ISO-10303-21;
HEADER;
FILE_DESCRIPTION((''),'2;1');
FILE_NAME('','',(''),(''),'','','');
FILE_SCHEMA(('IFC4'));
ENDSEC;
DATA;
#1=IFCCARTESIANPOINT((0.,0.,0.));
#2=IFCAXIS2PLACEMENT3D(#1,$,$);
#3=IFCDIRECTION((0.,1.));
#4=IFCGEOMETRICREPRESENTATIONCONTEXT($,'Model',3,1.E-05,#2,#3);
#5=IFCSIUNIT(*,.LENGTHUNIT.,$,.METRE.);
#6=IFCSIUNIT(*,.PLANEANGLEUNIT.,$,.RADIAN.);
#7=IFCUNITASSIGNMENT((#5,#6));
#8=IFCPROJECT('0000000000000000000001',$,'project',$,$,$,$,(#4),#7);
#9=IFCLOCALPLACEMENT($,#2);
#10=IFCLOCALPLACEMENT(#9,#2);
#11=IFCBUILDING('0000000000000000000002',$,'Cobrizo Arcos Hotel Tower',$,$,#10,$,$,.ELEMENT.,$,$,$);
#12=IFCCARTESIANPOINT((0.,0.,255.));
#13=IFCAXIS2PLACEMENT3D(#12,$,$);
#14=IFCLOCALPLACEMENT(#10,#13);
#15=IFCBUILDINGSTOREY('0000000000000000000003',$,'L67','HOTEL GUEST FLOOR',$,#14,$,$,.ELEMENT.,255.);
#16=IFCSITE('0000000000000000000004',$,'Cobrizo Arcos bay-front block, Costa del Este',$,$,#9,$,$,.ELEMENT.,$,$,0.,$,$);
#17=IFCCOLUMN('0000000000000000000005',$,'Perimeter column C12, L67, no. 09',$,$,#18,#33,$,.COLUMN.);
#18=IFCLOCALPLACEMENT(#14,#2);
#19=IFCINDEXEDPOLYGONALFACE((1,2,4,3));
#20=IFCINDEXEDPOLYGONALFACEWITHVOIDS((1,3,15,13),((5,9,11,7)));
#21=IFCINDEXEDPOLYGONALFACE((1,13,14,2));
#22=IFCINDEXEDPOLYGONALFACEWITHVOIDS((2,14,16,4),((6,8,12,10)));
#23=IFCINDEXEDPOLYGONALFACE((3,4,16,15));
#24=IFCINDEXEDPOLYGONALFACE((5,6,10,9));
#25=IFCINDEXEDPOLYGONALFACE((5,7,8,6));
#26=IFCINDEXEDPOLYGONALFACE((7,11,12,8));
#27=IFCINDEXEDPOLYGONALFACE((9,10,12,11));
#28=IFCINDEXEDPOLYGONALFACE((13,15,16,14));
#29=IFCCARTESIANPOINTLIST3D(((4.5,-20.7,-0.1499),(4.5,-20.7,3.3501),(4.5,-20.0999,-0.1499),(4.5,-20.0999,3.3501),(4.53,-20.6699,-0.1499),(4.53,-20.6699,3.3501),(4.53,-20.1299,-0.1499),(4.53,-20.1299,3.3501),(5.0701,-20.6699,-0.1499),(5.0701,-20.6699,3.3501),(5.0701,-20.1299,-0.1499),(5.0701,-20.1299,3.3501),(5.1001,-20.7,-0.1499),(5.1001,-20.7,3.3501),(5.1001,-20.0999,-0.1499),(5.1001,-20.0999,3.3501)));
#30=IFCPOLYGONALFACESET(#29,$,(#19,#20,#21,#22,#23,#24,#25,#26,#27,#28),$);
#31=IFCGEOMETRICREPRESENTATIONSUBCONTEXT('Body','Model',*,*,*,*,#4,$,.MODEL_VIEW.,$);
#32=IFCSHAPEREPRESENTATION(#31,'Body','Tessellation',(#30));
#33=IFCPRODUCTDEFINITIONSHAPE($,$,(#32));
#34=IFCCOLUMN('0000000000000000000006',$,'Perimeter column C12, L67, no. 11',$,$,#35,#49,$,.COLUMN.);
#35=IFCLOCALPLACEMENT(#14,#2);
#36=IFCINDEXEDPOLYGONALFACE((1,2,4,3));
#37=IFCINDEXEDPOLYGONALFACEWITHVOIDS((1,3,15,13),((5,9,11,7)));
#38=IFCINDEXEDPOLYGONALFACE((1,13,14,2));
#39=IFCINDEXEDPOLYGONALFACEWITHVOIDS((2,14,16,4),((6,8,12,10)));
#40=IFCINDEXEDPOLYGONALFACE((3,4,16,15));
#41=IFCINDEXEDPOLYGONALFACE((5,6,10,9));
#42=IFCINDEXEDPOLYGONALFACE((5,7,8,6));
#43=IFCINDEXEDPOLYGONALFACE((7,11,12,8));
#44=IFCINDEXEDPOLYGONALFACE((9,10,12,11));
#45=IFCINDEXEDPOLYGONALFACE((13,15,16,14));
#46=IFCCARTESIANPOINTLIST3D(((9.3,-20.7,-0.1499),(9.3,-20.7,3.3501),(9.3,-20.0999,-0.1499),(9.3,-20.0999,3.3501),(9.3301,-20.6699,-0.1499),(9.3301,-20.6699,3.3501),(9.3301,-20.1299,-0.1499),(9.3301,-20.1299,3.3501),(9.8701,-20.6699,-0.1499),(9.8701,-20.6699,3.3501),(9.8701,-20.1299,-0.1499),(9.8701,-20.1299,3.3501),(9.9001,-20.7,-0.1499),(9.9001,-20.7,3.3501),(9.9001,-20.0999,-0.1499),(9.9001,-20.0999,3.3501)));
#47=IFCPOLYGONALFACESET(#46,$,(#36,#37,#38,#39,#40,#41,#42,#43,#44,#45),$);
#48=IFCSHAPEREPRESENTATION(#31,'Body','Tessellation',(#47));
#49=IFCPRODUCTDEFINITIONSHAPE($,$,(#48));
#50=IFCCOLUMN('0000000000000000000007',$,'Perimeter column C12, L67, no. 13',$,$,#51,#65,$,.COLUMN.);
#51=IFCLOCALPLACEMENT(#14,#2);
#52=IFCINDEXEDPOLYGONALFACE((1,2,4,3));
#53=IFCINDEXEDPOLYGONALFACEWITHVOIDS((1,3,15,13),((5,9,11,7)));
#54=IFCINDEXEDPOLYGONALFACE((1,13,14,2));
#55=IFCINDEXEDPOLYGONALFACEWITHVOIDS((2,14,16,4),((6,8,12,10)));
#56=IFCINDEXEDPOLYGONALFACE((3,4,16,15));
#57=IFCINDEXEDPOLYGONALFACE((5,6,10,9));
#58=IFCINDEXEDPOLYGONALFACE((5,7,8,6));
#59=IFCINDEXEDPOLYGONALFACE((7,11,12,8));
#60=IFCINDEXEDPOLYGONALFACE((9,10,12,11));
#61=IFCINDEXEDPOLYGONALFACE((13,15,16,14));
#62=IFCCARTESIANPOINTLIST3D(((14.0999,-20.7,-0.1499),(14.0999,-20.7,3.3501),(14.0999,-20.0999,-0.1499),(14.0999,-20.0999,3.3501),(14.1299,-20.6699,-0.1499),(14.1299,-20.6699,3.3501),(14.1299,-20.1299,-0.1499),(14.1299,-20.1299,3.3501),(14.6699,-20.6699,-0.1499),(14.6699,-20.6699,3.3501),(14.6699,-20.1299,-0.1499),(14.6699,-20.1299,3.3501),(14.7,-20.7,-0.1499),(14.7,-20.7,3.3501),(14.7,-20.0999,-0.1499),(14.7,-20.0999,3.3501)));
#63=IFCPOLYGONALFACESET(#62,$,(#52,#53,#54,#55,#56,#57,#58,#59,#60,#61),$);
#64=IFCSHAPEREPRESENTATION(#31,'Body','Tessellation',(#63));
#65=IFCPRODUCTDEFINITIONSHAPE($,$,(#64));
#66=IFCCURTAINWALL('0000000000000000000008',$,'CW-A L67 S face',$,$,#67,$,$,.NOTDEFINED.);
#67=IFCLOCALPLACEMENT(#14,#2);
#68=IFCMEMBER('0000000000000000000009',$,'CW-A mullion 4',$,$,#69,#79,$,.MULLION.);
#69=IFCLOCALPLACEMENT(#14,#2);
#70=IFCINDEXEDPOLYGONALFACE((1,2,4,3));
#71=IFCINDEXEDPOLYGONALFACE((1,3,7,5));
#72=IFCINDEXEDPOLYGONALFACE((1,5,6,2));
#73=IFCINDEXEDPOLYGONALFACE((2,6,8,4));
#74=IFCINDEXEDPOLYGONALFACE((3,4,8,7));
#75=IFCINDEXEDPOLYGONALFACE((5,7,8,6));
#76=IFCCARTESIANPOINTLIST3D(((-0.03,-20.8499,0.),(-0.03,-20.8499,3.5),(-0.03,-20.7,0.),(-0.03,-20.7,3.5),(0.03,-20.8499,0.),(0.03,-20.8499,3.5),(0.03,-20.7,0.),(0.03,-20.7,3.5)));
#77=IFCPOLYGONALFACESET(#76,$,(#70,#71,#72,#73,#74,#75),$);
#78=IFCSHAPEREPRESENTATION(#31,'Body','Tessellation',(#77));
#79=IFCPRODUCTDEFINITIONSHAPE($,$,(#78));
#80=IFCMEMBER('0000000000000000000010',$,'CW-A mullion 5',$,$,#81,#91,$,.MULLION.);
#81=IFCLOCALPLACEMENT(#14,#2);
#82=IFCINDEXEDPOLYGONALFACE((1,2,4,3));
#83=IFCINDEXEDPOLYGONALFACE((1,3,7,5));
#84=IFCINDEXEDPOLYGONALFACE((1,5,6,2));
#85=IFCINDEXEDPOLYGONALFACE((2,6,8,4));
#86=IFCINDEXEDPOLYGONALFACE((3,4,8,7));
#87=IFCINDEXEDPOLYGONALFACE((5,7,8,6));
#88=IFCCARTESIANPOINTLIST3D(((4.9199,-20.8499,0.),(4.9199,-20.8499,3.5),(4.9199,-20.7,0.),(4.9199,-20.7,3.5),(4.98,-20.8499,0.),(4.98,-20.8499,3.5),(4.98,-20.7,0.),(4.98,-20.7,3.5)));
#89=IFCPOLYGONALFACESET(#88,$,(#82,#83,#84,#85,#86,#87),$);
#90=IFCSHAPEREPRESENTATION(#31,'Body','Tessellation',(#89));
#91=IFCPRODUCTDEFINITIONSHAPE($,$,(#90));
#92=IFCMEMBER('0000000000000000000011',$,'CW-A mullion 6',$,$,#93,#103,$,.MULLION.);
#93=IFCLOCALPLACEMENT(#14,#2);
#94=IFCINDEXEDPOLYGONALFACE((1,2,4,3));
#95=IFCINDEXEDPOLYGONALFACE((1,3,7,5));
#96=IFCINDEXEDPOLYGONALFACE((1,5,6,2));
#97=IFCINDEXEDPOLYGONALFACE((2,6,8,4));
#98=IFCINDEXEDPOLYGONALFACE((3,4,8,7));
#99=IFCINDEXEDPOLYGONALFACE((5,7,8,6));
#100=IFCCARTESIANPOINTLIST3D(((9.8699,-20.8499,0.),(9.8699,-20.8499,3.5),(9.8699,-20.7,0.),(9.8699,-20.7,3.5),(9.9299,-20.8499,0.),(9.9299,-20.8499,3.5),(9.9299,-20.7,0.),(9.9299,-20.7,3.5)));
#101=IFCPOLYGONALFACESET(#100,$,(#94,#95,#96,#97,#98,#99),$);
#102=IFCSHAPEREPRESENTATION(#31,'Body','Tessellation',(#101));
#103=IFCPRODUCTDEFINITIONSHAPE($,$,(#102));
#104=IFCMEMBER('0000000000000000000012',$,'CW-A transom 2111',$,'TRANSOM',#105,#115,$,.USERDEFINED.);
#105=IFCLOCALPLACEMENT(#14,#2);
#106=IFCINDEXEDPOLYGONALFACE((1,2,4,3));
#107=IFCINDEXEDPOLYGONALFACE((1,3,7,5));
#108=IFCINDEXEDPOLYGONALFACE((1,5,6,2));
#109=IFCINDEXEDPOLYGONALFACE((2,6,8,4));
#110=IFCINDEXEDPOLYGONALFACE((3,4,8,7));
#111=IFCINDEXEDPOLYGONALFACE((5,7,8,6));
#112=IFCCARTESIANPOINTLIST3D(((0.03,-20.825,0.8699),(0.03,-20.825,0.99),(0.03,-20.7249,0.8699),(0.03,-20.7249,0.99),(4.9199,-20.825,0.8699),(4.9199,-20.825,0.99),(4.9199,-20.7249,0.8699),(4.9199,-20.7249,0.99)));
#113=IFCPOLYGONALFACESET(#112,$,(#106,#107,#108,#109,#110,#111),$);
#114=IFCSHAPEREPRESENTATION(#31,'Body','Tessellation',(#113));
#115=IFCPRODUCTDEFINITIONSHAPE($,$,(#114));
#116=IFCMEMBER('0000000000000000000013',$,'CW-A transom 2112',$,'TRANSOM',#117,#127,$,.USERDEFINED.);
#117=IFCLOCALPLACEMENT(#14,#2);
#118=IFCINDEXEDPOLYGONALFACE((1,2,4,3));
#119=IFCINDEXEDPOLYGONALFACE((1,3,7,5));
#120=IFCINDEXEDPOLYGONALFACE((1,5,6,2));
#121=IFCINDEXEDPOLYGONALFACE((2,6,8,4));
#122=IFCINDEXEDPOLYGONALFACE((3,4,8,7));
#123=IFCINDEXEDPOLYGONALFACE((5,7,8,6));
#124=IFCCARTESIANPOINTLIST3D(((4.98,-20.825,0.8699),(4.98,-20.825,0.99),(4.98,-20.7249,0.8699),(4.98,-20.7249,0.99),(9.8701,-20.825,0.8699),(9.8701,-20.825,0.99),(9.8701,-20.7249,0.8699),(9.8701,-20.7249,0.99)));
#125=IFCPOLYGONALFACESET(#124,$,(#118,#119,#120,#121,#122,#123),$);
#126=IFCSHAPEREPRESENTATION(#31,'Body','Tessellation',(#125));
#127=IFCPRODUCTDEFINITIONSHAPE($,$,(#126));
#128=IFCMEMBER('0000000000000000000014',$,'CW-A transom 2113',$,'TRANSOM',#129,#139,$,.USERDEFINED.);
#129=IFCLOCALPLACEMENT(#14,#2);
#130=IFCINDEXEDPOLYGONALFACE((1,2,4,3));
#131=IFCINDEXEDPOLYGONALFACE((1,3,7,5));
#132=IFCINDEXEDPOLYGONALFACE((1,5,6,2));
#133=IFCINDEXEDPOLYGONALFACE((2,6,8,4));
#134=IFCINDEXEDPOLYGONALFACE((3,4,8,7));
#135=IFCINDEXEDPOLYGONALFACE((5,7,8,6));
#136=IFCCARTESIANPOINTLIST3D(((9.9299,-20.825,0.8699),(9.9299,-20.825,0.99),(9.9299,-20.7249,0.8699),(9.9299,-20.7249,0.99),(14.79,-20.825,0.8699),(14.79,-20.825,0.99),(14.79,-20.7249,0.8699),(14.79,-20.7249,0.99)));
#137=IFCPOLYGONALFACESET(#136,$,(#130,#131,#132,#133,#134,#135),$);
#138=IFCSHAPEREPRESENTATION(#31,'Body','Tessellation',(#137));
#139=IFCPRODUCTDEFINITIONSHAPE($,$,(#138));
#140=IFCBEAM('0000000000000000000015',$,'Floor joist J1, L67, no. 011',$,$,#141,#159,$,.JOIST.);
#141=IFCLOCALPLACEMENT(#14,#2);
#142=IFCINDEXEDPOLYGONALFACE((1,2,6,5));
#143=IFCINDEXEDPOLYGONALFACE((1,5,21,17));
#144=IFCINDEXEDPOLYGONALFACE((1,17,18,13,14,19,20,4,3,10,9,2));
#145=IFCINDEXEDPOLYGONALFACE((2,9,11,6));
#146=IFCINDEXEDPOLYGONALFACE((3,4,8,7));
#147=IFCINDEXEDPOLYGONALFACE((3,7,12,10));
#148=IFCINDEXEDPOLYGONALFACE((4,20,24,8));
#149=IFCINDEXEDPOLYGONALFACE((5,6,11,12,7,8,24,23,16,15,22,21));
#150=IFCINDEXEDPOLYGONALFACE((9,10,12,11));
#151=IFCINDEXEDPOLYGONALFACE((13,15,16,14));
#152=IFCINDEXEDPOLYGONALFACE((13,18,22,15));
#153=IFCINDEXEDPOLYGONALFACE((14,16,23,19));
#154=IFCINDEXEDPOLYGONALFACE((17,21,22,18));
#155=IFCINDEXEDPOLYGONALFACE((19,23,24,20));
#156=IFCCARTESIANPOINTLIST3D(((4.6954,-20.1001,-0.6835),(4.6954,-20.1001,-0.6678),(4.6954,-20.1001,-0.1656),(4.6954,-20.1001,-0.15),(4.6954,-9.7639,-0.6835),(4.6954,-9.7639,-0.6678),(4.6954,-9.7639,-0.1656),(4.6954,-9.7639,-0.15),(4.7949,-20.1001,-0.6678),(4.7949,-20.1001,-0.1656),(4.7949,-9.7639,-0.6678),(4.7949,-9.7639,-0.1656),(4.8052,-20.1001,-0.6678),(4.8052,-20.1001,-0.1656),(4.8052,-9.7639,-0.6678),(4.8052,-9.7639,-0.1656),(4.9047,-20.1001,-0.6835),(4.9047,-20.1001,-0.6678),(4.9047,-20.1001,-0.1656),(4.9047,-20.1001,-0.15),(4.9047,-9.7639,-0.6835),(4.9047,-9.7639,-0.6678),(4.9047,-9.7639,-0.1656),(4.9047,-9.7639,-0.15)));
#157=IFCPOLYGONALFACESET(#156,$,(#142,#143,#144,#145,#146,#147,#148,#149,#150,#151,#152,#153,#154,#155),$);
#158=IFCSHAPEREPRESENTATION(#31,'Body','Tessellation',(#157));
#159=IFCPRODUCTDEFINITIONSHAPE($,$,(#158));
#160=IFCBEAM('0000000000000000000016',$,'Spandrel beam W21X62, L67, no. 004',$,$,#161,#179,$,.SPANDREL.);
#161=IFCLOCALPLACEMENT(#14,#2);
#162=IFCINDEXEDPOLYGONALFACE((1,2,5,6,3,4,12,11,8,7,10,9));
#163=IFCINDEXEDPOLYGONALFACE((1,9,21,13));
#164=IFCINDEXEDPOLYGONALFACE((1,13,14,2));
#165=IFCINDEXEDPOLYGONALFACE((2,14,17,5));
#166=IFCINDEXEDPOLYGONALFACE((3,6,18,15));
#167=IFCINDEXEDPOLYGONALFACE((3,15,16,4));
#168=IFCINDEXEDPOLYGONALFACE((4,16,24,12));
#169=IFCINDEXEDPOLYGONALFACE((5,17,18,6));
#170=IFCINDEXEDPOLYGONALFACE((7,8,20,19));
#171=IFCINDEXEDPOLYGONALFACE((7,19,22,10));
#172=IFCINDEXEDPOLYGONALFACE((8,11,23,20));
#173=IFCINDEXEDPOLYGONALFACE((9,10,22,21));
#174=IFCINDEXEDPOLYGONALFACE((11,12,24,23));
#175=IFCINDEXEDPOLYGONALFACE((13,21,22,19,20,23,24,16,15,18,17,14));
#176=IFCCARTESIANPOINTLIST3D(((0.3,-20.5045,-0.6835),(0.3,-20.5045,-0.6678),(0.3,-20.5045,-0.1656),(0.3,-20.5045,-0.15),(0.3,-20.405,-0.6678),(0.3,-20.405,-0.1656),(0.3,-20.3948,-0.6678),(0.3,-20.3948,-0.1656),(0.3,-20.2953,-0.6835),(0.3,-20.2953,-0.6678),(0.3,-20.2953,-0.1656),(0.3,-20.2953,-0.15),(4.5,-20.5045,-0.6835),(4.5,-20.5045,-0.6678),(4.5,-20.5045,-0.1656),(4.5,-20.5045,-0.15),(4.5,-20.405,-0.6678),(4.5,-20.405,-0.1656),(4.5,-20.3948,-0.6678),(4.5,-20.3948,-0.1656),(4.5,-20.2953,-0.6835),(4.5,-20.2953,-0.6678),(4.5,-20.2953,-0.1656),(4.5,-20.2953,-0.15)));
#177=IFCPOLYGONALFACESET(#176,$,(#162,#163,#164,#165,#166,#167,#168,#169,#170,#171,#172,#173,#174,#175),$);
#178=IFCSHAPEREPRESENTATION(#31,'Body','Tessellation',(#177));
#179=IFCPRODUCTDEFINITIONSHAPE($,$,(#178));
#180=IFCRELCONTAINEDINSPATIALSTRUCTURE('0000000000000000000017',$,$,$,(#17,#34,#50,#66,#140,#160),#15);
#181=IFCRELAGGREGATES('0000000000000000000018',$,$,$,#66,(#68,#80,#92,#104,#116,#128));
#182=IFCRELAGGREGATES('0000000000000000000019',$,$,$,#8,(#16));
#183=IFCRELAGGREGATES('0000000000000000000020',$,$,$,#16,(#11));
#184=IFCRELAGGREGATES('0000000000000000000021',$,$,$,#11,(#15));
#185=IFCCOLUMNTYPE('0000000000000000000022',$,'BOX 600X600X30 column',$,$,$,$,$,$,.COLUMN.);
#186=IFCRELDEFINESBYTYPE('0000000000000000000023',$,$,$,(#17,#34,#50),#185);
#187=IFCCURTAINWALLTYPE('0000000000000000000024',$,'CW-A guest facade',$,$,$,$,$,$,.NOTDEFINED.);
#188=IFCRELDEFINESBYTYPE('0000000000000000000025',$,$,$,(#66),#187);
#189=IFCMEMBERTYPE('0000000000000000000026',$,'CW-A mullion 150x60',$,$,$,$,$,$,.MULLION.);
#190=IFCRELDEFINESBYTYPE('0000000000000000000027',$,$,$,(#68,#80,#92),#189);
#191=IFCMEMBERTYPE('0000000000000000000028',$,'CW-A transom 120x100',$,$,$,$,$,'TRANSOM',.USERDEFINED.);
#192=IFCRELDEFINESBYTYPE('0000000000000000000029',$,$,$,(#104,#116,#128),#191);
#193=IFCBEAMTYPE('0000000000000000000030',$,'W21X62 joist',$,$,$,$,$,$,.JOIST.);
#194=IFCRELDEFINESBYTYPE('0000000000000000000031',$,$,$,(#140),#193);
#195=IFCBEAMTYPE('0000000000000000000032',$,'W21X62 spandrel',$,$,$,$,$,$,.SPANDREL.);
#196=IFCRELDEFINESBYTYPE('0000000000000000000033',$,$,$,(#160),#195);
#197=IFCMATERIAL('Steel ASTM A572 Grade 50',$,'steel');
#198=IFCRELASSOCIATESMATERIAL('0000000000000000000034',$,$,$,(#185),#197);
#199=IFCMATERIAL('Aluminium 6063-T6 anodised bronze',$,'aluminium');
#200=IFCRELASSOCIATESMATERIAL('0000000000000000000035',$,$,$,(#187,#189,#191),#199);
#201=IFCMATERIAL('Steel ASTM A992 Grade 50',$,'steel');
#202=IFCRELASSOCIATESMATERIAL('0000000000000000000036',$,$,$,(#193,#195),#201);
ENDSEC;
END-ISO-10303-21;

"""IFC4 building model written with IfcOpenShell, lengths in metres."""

from ifc_helpers import new_model, si_unit, direction, frame, origin, origin_2d, place, context, subcontext, project, spatial, rectangle, hollow_rectangle, i_section, extrude, material, material_profile, profile_set, type_object, element, aggregate, save


model = new_model("IFC4")

# Units and contexts
model_context = context("Model", 3, precision=1e-05, world=origin(), true_north=direction((0.0, 1.0)))
body_context = subcontext(model_context, "Body", "Model", "MODEL_VIEW")
ifc_project = project(units=[si_unit("LENGTHUNIT", "METRE"), si_unit("PLANEANGLEUNIT", "RADIAN")], contexts=[model_context])

# Site, building, storey
site_placement = place(None, origin())
site = spatial("IfcSite", under=ifc_project, at=site_placement, Name="Cobrizo Arcos bay-front block, Costa del Este", CompositionType="ELEMENT", RefElevation=0.0)
building_placement = place(site_placement, origin())
building = spatial("IfcBuilding", under=site, at=building_placement, Name="Cobrizo Arcos Hotel Tower", CompositionType="ELEMENT")
storey_placement = place(building_placement, frame((0.0, 0.0, 255.0)))
storey = spatial("IfcBuildingStorey", under=building, at=storey_placement, Name="L67", Description="HOTEL GUEST FLOOR", CompositionType="ELEMENT", Elevation=255.0)

# Columns
ifc_material_1 = material(Name="Steel ASTM A572 Grade 50", Category="steel")
ifc_material_profile_1 = material_profile(ifc_material_1, hollow_rectangle(XDim=0.6001, YDim=0.6001, WallThickness=0.03, at=origin_2d()), Name="BOX 600X600X30")
ifc_profile_set_1 = profile_set([ifc_material_profile_1], Name="Steel ASTM A572 Grade 50")
column_type = type_object("IfcColumnType", Name="BOX 600X600X30 column", PredefinedType="COLUMN", material=ifc_profile_set_1)
for number, where, z_axis, x_axis, name in (
    (1, (4.8, -20.3999, -0.1499), (0.0, 0.0, 1.0), (1.0, 0.0, 0.0), "Perimeter column C12, L67, no. 09"),
    (2, (9.6001, -20.3999, -0.1499), (0.0, 0.0, 1.0), (1.0, 0.0, 0.0), "Perimeter column C12, L67, no. 11"),
    (3, (14.3999, -20.3999, -0.1499), (0.0, 0.0, 1.0), (1.0, 0.0, 0.0), "Perimeter column C12, L67, no. 13"),
):
    element("IfcColumn", number, at=place(storey_placement, frame(where, z_axis=z_axis, x_axis=x_axis)), inside=storey, type_object=column_type, Name=name, PredefinedType="COLUMN", context=body_context, shape_type="SweptSolid", body=[
        extrude(hollow_rectangle(XDim=0.6001, YDim=0.6001, WallThickness=0.03, at=origin_2d()), origin(), (0.0, 0.0, 1.0), 3.5),
    ])

# Curtain wall, members
ifc_material_2 = material(Name="Aluminium 6063-T6 anodised bronze", Category="aluminium")
curtain_wall_type = type_object("IfcCurtainWallType", Name="CW-A guest facade", PredefinedType="NOTDEFINED", material=ifc_material_2)
curtain_wall_placement = place(storey_placement, origin())
curtain_wall = element("IfcCurtainWall", 4, at=curtain_wall_placement, inside=storey, type_object=curtain_wall_type, Name="CW-A L67 S face", PredefinedType="NOTDEFINED")
ifc_material_profile_2 = material_profile(ifc_material_2, rectangle(XDim=0.1499, YDim=0.0601, at=origin_2d()), Name="CW-A mullion 150x60")
ifc_profile_set_2 = profile_set([ifc_material_profile_2], Name="Aluminium 6063-T6 anodised bronze")
member_type_1 = type_object("IfcMemberType", Name="CW-A mullion 150x60", PredefinedType="MULLION", material=ifc_profile_set_2)
member_1_placement = place(storey_placement, frame((0.0, -20.7749, 0.0), z_axis=(0.0, 0.0, 1.0), x_axis=(0.0, -1.0, 0.0)))
member_1 = element("IfcMember", 5, at=member_1_placement, type_object=member_type_1, Name="CW-A mullion 4", PredefinedType="MULLION", context=body_context, shape_type="SweptSolid", body=[
    extrude(rectangle(XDim=0.1499, YDim=0.0601, at=origin_2d()), origin(), (0.0, 0.0, 1.0), 3.5),
])
member_2_placement = place(storey_placement, frame((4.95, -20.7749, 0.0), z_axis=(0.0, 0.0, 1.0), x_axis=(0.0, -1.0, 0.0)))
member_2 = element("IfcMember", 6, at=member_2_placement, type_object=member_type_1, Name="CW-A mullion 5", PredefinedType="MULLION", context=body_context, shape_type="SweptSolid", body=[
    extrude(rectangle(XDim=0.1499, YDim=0.0601, at=origin_2d()), origin(), (0.0, 0.0, 1.0), 3.5),
])
member_3_placement = place(storey_placement, frame((9.8999, -20.7749, 0.0), z_axis=(0.0, 0.0, 1.0), x_axis=(0.0, -1.0, 0.0)))
member_3 = element("IfcMember", 7, at=member_3_placement, type_object=member_type_1, Name="CW-A mullion 6", PredefinedType="MULLION", context=body_context, shape_type="SweptSolid", body=[
    extrude(rectangle(XDim=0.1499, YDim=0.0601, at=origin_2d()), origin(), (0.0, 0.0, 1.0), 3.5),
])
ifc_material_profile_3 = material_profile(ifc_material_2, rectangle(XDim=0.1001, YDim=0.1201, at=origin_2d()), Name="CW-A transom 120x100")
ifc_profile_set_3 = profile_set([ifc_material_profile_3], Name="Aluminium 6063-T6 anodised bronze")
member_type_2 = type_object("IfcMemberType", Name="CW-A transom 120x100", ElementType="TRANSOM", PredefinedType="USERDEFINED", material=ifc_profile_set_3)
member_4_placement = place(storey_placement, frame((0.03, -20.7749, 0.9299), z_axis=(1.0, 0.0, 0.0), x_axis=(0.0, 1.0, 0.0)))
member_4 = element("IfcMember", 8, at=member_4_placement, type_object=member_type_2, Name="CW-A transom 2111", ObjectType="TRANSOM", PredefinedType="USERDEFINED", context=body_context, shape_type="SweptSolid", body=[
    extrude(rectangle(XDim=0.1001, YDim=0.1201, at=origin_2d()), origin(), (0.0, 0.0, 1.0), 4.8899),
])
member_5_placement = place(storey_placement, frame((4.98, -20.7749, 0.9299), z_axis=(1.0, 0.0, 0.0), x_axis=(0.0, 1.0, 0.0)))
member_5 = element("IfcMember", 9, at=member_5_placement, type_object=member_type_2, Name="CW-A transom 2112", ObjectType="TRANSOM", PredefinedType="USERDEFINED", context=body_context, shape_type="SweptSolid", body=[
    extrude(rectangle(XDim=0.1001, YDim=0.1201, at=origin_2d()), origin(), (0.0, 0.0, 1.0), 4.8901),
])
member_6_placement = place(storey_placement, frame((9.9299, -20.7749, 0.9299), z_axis=(1.0, 0.0, 0.0), x_axis=(0.0, 1.0, 0.0)))
member_6 = element("IfcMember", 10, at=member_6_placement, type_object=member_type_2, Name="CW-A transom 2113", ObjectType="TRANSOM", PredefinedType="USERDEFINED", context=body_context, shape_type="SweptSolid", body=[
    extrude(rectangle(XDim=0.1001, YDim=0.1201, at=origin_2d()), origin(), (0.0, 0.0, 1.0), 4.8601),
])

# Beams
ifc_material_3 = material(Name="Steel ASTM A992 Grade 50", Category="steel")
ifc_material_profile_4 = material_profile(ifc_material_3, i_section(OverallWidth=0.2092, OverallDepth=0.5334, WebThickness=0.0103, FlangeThickness=0.0156, at=origin_2d()), Name="W21X62")
ifc_profile_set_4 = profile_set([ifc_material_profile_4], Name="Steel ASTM A992 Grade 50")
beam_type_1 = type_object("IfcBeamType", Name="W21X62 joist", PredefinedType="JOIST", material=ifc_profile_set_4)
beam_1_placement = place(storey_placement, frame((4.8, -20.1001, -0.4167), z_axis=(0.0, 1.0, 0.0), x_axis=(-1.0, 0.0, 0.0)))
element("IfcBeam", 11, at=beam_1_placement, inside=storey, type_object=beam_type_1, Name="Floor joist J1, L67, no. 011", PredefinedType="JOIST", context=body_context, shape_type="SweptSolid", body=[
    extrude(i_section(OverallWidth=0.2092, OverallDepth=0.5334, WebThickness=0.0103, FlangeThickness=0.0156, at=origin_2d()), origin(), (0.0, 0.0, 1.0), 10.3362),
])
ifc_material_profile_5 = material_profile(ifc_material_3, i_section(OverallWidth=0.2092, OverallDepth=0.5334, WebThickness=0.0103, FlangeThickness=0.0156, at=origin_2d()), Name="W21X62")
ifc_profile_set_5 = profile_set([ifc_material_profile_5], Name="Steel ASTM A992 Grade 50")
beam_type_2 = type_object("IfcBeamType", Name="W21X62 spandrel", PredefinedType="SPANDREL", material=ifc_profile_set_5)
for number, where, z_axis, x_axis, name in (
    (12, (0.3, -20.3999, -0.4167), (1.0, 0.0, 0.0), (0.0, 1.0, 0.0), "Spandrel beam W21X62, L67, no. 004"),
):
    element("IfcBeam", number, at=place(storey_placement, frame(where, z_axis=z_axis, x_axis=x_axis)), inside=storey, type_object=beam_type_2, Name=name, PredefinedType="SPANDREL", context=body_context, shape_type="SweptSolid", body=[
        extrude(i_section(OverallWidth=0.2092, OverallDepth=0.5334, WebThickness=0.0103, FlangeThickness=0.0156, at=origin_2d()), origin(), (0.0, 0.0, 1.0), 4.2),
    ])

aggregate(curtain_wall, [member_1, member_2, member_3, member_4, member_5, member_6])

save(model, "model.ifc")
